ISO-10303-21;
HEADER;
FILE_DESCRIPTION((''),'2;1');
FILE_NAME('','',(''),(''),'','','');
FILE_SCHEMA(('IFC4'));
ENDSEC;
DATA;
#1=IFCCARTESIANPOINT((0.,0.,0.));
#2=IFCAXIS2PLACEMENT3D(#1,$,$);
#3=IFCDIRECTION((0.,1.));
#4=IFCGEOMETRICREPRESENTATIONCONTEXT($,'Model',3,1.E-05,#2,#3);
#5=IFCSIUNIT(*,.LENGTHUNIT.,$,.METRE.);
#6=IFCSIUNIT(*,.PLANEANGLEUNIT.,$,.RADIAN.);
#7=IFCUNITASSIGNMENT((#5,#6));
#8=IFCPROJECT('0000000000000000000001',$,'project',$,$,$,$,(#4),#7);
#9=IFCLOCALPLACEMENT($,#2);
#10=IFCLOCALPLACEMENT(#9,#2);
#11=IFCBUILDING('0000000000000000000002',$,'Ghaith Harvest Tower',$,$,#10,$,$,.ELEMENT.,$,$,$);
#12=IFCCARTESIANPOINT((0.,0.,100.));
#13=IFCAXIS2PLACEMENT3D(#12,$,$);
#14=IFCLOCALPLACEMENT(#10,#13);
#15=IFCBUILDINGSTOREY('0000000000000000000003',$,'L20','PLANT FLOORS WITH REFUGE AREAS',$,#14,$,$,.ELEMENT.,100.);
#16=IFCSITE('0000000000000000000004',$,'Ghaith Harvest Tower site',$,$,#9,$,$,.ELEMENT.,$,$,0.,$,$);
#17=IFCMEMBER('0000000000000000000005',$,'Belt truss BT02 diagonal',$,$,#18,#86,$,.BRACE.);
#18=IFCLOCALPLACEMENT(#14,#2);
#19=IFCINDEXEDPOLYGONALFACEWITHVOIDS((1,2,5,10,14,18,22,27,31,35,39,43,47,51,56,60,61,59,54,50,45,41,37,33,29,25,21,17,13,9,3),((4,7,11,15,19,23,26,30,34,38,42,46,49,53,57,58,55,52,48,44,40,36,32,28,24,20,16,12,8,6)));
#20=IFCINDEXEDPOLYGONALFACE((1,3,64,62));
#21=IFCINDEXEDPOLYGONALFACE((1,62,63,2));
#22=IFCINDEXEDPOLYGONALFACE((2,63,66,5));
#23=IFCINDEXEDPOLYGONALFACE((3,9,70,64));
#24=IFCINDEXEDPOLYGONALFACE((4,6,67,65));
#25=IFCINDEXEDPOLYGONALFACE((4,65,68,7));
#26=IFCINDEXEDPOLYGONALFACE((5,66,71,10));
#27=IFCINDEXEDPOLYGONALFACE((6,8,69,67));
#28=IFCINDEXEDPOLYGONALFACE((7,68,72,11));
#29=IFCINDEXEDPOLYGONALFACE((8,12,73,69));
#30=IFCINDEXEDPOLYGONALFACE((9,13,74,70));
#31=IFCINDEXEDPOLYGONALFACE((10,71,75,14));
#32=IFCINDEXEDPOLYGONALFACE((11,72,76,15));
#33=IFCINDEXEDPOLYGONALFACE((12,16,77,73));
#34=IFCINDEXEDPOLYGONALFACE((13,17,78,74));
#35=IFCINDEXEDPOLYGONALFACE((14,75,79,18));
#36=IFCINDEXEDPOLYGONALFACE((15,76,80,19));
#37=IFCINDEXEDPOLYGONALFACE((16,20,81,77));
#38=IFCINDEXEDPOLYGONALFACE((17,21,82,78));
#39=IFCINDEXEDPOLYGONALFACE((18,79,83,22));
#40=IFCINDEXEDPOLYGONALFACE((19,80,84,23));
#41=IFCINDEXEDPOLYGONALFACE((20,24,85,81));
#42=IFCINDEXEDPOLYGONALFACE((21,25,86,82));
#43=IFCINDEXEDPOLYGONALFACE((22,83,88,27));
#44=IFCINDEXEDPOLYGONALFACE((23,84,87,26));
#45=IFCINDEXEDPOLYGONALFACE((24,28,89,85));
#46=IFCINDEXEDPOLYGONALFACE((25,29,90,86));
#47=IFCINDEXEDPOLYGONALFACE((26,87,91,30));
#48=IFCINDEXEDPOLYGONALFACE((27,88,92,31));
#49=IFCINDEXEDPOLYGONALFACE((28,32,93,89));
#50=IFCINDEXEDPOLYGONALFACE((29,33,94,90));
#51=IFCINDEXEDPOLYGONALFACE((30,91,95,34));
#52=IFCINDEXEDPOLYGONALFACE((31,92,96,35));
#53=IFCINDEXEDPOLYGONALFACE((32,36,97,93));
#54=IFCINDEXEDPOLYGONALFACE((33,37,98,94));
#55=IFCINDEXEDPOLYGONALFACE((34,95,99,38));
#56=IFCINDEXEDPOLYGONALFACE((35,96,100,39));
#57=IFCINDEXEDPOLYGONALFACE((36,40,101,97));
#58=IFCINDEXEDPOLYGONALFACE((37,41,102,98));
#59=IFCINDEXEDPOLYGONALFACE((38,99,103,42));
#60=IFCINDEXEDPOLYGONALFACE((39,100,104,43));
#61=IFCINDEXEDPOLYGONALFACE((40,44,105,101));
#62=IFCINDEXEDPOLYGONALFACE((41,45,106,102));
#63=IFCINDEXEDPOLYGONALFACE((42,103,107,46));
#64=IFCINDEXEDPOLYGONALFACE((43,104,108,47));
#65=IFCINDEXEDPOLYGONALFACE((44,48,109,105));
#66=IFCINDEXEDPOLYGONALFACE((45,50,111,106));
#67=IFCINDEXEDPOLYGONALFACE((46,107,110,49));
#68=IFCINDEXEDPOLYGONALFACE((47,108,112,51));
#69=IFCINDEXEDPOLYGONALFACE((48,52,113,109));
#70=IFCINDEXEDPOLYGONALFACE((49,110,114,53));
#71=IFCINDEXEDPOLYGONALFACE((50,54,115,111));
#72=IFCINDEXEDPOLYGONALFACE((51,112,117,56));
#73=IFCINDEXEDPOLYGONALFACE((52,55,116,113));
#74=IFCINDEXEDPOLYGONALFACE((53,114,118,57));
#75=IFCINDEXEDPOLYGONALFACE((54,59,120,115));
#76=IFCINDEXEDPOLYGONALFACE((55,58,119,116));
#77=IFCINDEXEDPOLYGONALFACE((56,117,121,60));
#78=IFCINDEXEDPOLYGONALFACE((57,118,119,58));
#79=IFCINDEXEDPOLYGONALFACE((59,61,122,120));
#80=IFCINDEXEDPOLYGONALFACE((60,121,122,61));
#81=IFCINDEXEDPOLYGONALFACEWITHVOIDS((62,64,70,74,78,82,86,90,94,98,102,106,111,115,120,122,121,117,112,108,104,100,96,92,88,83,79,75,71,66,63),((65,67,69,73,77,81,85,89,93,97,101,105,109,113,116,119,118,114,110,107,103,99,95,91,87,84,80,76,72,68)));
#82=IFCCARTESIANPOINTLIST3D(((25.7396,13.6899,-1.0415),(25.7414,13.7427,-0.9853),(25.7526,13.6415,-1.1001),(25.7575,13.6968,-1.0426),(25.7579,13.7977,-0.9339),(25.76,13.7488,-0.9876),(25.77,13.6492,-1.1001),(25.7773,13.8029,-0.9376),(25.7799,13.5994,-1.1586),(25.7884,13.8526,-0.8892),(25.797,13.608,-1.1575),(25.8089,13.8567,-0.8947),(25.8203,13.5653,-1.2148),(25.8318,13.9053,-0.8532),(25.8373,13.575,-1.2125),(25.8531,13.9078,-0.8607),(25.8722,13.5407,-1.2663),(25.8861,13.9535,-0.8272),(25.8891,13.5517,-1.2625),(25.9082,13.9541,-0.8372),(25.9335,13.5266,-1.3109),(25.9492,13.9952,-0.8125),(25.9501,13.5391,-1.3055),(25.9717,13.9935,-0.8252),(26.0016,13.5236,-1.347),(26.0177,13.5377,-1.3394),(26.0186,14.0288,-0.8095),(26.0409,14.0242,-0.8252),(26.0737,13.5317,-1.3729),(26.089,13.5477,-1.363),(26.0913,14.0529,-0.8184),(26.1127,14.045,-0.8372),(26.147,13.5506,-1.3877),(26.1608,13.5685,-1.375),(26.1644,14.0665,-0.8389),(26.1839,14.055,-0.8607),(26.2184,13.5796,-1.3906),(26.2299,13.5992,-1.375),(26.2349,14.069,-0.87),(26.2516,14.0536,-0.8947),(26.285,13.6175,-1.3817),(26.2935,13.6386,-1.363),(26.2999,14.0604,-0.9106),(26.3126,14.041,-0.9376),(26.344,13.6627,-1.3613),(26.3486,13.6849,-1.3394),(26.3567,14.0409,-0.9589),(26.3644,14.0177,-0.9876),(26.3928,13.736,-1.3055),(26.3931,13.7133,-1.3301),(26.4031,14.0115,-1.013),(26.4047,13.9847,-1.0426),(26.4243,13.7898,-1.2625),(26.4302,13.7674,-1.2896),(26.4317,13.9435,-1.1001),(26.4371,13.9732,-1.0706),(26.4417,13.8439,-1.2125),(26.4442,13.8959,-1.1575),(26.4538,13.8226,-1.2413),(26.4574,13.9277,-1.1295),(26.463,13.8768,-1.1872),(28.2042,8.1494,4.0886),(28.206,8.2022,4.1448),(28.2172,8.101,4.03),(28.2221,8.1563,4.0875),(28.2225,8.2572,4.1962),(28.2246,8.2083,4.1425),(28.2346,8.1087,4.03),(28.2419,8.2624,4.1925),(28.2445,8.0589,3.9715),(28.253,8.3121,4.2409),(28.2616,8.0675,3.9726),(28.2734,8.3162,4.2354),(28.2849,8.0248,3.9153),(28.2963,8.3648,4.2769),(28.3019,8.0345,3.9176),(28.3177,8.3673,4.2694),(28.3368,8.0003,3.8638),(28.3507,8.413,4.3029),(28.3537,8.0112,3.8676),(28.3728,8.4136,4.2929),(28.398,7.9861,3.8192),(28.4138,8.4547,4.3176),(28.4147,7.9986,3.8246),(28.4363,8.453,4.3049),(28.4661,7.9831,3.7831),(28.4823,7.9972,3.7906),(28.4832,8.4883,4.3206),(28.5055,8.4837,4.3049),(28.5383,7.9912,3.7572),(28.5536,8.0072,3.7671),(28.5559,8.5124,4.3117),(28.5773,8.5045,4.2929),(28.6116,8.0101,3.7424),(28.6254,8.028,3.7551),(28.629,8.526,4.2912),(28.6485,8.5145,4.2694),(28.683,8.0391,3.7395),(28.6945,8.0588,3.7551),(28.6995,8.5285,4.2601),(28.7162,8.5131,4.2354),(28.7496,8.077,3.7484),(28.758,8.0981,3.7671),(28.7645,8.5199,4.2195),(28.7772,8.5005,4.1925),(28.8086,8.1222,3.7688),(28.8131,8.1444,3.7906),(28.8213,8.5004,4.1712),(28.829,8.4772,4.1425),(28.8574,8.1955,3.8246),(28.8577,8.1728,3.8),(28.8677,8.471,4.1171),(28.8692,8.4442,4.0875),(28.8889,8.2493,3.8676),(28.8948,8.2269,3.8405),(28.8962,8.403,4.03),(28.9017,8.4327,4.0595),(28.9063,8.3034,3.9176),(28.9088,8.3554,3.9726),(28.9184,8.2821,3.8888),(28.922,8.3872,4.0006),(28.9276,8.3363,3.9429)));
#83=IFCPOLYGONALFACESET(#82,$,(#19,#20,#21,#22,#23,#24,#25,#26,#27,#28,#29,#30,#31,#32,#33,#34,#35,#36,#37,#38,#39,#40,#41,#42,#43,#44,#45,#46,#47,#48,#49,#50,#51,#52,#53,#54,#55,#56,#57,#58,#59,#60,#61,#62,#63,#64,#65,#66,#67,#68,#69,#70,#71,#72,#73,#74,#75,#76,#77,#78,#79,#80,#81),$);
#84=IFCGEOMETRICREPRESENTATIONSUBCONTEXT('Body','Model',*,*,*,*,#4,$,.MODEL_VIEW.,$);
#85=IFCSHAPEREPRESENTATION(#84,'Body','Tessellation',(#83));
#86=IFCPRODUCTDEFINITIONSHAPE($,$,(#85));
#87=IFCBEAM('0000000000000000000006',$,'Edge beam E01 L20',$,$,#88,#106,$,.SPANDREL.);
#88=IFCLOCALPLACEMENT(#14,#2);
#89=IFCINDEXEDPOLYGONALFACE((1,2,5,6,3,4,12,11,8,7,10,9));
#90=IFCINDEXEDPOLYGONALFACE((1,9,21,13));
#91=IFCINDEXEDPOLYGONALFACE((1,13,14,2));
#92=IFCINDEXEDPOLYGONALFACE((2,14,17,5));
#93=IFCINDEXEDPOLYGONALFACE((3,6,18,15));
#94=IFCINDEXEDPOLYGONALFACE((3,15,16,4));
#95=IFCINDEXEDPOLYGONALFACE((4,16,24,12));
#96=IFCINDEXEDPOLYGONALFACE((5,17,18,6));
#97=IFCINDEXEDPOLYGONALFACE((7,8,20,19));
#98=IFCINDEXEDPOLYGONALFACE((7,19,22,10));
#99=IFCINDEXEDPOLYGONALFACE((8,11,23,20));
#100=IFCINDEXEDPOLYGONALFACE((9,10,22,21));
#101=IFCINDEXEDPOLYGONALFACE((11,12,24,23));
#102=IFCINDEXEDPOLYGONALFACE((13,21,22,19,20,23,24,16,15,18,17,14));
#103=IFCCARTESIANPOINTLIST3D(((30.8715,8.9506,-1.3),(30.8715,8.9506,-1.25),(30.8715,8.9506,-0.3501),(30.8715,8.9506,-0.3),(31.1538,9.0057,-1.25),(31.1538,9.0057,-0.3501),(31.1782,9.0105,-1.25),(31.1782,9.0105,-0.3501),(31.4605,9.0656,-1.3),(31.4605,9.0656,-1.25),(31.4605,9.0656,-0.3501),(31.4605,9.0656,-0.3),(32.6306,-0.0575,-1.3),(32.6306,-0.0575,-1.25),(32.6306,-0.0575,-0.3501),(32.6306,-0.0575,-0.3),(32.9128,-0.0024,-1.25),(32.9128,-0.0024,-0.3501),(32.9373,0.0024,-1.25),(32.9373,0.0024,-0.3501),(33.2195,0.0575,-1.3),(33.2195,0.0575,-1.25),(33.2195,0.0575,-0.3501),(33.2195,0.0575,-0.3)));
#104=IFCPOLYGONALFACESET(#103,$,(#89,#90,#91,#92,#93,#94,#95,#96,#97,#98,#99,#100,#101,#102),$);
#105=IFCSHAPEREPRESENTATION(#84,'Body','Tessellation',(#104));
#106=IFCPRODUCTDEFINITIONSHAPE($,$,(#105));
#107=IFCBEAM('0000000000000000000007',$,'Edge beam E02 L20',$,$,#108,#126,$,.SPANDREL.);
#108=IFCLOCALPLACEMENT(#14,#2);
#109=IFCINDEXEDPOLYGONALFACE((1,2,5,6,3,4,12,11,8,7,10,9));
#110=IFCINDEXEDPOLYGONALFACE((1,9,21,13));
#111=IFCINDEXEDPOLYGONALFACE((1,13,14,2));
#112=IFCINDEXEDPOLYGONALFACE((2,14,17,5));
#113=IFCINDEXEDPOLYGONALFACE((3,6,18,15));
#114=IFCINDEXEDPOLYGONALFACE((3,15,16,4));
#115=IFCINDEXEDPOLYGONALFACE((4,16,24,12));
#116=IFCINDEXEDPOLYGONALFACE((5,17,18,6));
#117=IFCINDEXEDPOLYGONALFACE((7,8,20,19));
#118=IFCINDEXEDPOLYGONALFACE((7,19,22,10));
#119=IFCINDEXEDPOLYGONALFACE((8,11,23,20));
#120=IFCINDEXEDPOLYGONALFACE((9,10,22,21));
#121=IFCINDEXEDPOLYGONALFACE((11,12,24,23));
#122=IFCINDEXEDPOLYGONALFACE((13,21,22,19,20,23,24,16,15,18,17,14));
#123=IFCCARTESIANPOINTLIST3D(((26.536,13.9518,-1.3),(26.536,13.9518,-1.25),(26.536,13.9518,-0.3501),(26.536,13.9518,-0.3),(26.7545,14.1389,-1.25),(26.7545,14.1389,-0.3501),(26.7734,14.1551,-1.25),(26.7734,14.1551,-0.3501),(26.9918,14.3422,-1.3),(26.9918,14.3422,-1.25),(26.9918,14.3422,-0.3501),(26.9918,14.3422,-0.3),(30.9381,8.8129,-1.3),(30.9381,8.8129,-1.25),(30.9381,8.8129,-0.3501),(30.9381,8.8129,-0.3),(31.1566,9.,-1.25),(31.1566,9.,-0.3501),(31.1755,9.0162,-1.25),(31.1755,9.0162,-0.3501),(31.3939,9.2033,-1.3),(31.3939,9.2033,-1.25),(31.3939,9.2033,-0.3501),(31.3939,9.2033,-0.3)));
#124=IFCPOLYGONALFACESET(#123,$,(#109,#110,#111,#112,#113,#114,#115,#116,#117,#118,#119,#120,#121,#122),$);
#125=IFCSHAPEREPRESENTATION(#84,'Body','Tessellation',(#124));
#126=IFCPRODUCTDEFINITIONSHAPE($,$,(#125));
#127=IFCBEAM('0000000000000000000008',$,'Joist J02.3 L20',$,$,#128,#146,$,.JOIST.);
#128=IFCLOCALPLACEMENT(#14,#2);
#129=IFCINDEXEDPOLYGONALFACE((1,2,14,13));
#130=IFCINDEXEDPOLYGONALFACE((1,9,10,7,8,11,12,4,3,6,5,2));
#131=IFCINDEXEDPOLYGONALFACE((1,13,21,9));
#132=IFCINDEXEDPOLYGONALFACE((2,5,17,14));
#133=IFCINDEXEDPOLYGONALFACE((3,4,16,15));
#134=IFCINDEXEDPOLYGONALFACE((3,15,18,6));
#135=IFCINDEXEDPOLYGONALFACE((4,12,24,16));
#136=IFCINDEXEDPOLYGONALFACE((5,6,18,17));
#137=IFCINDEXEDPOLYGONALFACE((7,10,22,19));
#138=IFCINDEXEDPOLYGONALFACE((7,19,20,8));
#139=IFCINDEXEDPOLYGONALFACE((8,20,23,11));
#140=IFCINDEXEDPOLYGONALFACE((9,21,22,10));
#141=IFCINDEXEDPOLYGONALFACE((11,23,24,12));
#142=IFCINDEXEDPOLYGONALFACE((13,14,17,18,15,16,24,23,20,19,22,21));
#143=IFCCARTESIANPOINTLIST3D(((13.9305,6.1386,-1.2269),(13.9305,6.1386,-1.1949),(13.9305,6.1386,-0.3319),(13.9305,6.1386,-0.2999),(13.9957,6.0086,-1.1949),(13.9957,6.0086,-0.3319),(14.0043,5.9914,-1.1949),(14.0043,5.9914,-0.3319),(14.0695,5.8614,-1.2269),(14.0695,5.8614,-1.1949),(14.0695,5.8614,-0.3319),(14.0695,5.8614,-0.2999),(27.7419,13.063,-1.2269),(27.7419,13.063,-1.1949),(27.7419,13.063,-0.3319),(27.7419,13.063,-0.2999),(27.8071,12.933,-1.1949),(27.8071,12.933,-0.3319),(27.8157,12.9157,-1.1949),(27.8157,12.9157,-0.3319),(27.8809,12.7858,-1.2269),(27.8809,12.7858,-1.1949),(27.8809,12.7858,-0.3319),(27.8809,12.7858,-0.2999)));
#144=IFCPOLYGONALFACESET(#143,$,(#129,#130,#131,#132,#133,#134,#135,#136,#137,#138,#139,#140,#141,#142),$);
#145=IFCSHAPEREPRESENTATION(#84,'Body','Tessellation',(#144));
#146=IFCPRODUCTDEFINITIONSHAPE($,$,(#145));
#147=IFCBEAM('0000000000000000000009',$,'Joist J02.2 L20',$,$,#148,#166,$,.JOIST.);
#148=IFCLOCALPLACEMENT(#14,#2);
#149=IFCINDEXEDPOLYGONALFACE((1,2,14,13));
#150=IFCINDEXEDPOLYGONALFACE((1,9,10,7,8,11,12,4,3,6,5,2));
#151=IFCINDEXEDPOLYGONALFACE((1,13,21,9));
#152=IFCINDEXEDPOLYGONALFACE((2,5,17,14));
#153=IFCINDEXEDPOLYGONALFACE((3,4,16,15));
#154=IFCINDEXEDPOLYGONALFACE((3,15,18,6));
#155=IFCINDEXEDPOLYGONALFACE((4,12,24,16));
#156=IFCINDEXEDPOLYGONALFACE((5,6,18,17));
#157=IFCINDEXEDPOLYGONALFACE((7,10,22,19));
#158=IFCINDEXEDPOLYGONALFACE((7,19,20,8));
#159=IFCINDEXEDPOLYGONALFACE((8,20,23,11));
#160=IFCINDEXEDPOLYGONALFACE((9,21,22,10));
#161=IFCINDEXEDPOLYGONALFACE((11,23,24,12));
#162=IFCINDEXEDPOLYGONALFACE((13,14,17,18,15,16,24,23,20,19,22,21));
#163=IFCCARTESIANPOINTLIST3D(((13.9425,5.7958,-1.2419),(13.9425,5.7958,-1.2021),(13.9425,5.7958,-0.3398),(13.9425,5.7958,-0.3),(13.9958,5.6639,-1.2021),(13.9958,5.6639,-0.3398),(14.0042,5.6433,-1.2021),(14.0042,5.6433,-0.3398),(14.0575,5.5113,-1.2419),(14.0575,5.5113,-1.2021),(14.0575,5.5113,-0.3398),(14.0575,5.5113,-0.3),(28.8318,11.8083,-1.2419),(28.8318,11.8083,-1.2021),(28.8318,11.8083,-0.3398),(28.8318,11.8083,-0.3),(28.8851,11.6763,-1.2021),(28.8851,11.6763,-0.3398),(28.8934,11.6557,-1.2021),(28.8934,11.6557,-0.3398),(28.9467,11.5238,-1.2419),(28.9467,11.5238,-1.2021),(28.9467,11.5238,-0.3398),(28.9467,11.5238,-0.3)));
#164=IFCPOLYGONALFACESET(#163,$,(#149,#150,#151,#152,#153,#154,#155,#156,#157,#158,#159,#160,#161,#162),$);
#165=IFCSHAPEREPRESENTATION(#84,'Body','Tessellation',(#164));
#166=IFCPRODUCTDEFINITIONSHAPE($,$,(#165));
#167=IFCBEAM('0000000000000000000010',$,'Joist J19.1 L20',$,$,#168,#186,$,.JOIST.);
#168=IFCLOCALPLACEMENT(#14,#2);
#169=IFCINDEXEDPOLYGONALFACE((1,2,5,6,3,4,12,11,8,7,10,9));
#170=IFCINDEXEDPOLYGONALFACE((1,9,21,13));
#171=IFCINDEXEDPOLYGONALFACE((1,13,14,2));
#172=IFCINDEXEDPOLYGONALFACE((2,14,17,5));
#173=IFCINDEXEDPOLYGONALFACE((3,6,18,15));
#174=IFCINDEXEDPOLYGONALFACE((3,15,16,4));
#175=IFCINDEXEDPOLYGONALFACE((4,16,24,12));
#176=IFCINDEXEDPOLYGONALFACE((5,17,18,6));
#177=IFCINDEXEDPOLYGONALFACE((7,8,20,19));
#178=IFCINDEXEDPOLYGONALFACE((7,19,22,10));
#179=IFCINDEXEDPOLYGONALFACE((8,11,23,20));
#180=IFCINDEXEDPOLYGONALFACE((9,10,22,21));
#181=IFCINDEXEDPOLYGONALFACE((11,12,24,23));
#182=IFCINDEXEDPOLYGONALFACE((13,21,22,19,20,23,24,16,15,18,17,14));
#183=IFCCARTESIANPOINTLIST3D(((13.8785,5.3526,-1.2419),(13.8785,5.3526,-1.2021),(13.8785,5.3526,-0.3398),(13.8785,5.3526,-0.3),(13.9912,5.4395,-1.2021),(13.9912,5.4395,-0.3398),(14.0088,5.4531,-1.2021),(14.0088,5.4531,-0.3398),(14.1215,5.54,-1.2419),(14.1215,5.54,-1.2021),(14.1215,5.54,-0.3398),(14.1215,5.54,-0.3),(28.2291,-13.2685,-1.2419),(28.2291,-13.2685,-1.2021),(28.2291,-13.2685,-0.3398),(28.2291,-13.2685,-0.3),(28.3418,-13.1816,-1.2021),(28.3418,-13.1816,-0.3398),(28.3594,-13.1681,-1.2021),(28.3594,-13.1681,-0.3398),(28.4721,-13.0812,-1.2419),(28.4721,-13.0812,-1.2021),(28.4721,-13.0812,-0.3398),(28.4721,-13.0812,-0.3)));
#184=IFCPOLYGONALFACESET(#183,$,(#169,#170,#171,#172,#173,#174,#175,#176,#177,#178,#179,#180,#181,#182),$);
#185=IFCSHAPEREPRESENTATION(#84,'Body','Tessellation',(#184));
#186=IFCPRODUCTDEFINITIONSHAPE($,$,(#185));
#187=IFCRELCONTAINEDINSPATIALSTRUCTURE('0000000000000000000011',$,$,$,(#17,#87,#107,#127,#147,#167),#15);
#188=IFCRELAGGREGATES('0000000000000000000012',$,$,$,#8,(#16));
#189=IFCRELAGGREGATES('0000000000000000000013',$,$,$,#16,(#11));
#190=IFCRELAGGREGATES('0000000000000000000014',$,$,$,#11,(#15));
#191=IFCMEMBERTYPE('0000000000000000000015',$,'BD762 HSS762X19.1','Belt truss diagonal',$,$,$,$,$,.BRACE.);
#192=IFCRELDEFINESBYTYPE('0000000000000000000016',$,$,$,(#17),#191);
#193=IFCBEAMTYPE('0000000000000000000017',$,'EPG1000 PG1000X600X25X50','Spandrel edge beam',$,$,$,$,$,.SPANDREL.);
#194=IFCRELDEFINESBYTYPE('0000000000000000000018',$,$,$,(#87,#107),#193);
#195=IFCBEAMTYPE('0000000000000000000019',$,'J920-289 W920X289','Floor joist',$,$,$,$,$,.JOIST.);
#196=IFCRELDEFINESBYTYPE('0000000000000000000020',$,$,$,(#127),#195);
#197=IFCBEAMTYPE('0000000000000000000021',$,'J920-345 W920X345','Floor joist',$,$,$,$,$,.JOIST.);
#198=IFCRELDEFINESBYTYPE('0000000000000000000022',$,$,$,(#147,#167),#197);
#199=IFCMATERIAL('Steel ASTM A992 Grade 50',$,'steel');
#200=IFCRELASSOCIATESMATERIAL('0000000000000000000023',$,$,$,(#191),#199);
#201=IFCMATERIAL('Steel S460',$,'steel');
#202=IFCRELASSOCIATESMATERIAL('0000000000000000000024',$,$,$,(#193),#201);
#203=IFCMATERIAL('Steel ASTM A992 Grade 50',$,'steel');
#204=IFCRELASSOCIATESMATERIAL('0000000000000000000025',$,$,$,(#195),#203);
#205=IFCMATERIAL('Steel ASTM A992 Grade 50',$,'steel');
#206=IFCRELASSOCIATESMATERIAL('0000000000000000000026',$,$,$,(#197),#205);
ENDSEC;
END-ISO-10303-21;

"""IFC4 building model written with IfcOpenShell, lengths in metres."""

from ifc_helpers import new_model, si_unit, direction, frame, origin, origin_2d, place, context, subcontext, project, spatial, hollow_circle, i_section, extrude, material, material_profile, profile_set, type_object, element, save


model = new_model("IFC4")

# Units and contexts
model_context = context("Model", 3, precision=1e-05, world=origin(), true_north=direction((0.0, 1.0)))
body_context = subcontext(model_context, "Body", "Model", "MODEL_VIEW")
ifc_project = project(units=[si_unit("LENGTHUNIT", "METRE"), si_unit("PLANEANGLEUNIT", "RADIAN")], contexts=[model_context])

# Site, building, storey
site_placement = place(None, origin())
site = spatial("IfcSite", under=ifc_project, at=site_placement, Name="Ghaith Harvest Tower site", CompositionType="ELEMENT", RefElevation=0.0)
building_placement = place(site_placement, origin())
building = spatial("IfcBuilding", under=site, at=building_placement, Name="Ghaith Harvest Tower", CompositionType="ELEMENT")
storey_placement = place(building_placement, frame((0.0, 0.0, 100.0)))
storey = spatial("IfcBuildingStorey", under=building, at=storey_placement, Name="L20", Description="PLANT FLOORS WITH REFUGE AREAS", CompositionType="ELEMENT", Elevation=100.0)

# Member
ifc_material_1 = material(Name="Steel ASTM A992 Grade 50", Category="steel")
ifc_material_profile_1 = material_profile(ifc_material_1, hollow_circle(Radius=0.3811, WallThickness=0.019, at=origin_2d()), Name="HSS762X19.1")
ifc_profile_set_1 = profile_set([ifc_material_profile_1], Name="Steel ASTM A992 Grade 50")
member_type_1 = type_object("IfcMemberType", Name="BD762 HSS762X19.1", Description="Belt truss diagonal", PredefinedType="BRACE", material=ifc_profile_set_1)
member_1_placement = place(storey_placement, frame((28.5654, 8.2559, 4.03), z_axis=(-0.310289, 0.697543, -0.645875), x_axis=(-0.91368, -0.406434, 0.0)))
element("IfcMember", 1, at=member_1_placement, inside=storey, type_object=member_type_1, Name="Belt truss BT02 diagonal", PredefinedType="BRACE", context=body_context, shape_type="SweptSolid", body=[
    extrude(hollow_circle(Radius=0.3811, WallThickness=0.019, at=origin_2d()), origin(), (0.0, 0.0, 1.0), 7.9429),
])

# Beams
ifc_material_2 = material(Name="Steel S460", Category="steel")
ifc_material_profile_2 = material_profile(ifc_material_2, i_section(OverallWidth=0.6001, OverallDepth=1.0, WebThickness=0.0249, FlangeThickness=0.05, at=origin_2d()), Name="PG1000X600X25X50")
ifc_profile_set_2 = profile_set([ifc_material_profile_2], Name="Steel S460")
beam_type_1 = type_object("IfcBeamType", Name="EPG1000 PG1000X600X25X50", Description="Spandrel edge beam", PredefinedType="SPANDREL", material=ifc_profile_set_2)
beam_1_placement = place(storey_placement, frame((32.925, 0.0, -0.8), z_axis=(-0.191653, 0.981463, 0.0), x_axis=(-0.981463, -0.191653, 0.0)))
element("IfcBeam", 2, at=beam_1_placement, inside=storey, type_object=beam_type_1, Name="Edge beam E01 L20", PredefinedType="SPANDREL", context=body_context, shape_type="SweptSolid", body=[
    extrude(i_section(OverallWidth=0.6001, OverallDepth=1.0, WebThickness=0.0249, FlangeThickness=0.05, at=origin_2d()), origin(), (0.0, 0.0, 1.0), 9.1782),
])
beam_2_placement = place(storey_placement, frame((31.166, 9.0081, -0.8), z_axis=(-0.650563, 0.759453, 0.0), x_axis=(-0.759453, -0.650563, 0.0)))
element("IfcBeam", 3, at=beam_2_placement, inside=storey, type_object=beam_type_1, Name="Edge beam E02 L20", PredefinedType="SPANDREL", context=body_context, shape_type="SweptSolid", body=[
    extrude(i_section(OverallWidth=0.6001, OverallDepth=1.0, WebThickness=0.0249, FlangeThickness=0.05, at=origin_2d()), origin(), (0.0, 0.0, 1.0), 6.7666),
])
ifc_material_3 = material(Name="Steel ASTM A992 Grade 50", Category="steel")
ifc_material_profile_3 = material_profile(ifc_material_3, i_section(OverallWidth=0.3101, OverallDepth=0.927, WebThickness=0.0193, FlangeThickness=0.032, at=origin_2d()), Name="W920X289")
ifc_profile_set_3 = profile_set([ifc_material_profile_3], Name="Steel ASTM A992 Grade 50")
beam_type_2 = type_object("IfcBeamType", Name="J920-289 W920X289", Description="Floor joist", PredefinedType="JOIST", material=ifc_profile_set_3)
beam_3_placement = place(storey_placement, frame((14.0, 6.0, -0.7634), z_axis=(0.893943, 0.44818, 0.0), x_axis=(-0.44818, 0.893943, 0.0)))
element("IfcBeam", 4, at=beam_3_placement, inside=storey, type_object=beam_type_2, Name="Joist J02.3 L20", PredefinedType="JOIST", context=body_context, shape_type="SweptSolid", body=[
    extrude(i_section(OverallWidth=0.3101, OverallDepth=0.927, WebThickness=0.0193, FlangeThickness=0.032, at=origin_2d()), origin(), (0.0, 0.0, 1.0), 15.45),
])
ifc_material_4 = material(Name="Steel ASTM A992 Grade 50", Category="steel")
ifc_material_profile_4 = material_profile(ifc_material_4, i_section(OverallWidth=0.3069, OverallDepth=0.9419, WebThickness=0.0222, FlangeThickness=0.0398, at=origin_2d()), Name="W920X345")
ifc_profile_set_4 = profile_set([ifc_material_profile_4], Name="Steel ASTM A992 Grade 50")
beam_type_3 = type_object("IfcBeamType", Name="J920-345 W920X345", Description="Floor joist", PredefinedType="JOIST", material=ifc_profile_set_4)
beam_4_placement = place(storey_placement, frame((14.0, 5.6536, -0.771), z_axis=(0.927252, 0.374437, 0.0), x_axis=(-0.374437, 0.927252, 0.0)))
element("IfcBeam", 5, at=beam_4_placement, inside=storey, type_object=beam_type_3, Name="Joist J02.2 L20", PredefinedType="JOIST", context=body_context, shape_type="SweptSolid", body=[
    extrude(i_section(OverallWidth=0.3069, OverallDepth=0.9419, WebThickness=0.0222, FlangeThickness=0.0398, at=origin_2d()), origin(), (0.0, 0.0, 1.0), 16.0574),
])
beam_5_placement = place(storey_placement, frame((14.0, 5.4463, -0.771), z_axis=(0.610423, -0.792075, 0.0), x_axis=(0.792075, 0.610423, 0.0)))
element("IfcBeam", 6, at=beam_5_placement, inside=storey, type_object=beam_type_3, Name="Joist J19.1 L20", PredefinedType="JOIST", context=body_context, shape_type="SweptSolid", body=[
    extrude(i_section(OverallWidth=0.3069, OverallDepth=0.9419, WebThickness=0.0222, FlangeThickness=0.0398, at=origin_2d()), origin(), (0.0, 0.0, 1.0), 23.5093),
])

save(model, "model.ifc")
